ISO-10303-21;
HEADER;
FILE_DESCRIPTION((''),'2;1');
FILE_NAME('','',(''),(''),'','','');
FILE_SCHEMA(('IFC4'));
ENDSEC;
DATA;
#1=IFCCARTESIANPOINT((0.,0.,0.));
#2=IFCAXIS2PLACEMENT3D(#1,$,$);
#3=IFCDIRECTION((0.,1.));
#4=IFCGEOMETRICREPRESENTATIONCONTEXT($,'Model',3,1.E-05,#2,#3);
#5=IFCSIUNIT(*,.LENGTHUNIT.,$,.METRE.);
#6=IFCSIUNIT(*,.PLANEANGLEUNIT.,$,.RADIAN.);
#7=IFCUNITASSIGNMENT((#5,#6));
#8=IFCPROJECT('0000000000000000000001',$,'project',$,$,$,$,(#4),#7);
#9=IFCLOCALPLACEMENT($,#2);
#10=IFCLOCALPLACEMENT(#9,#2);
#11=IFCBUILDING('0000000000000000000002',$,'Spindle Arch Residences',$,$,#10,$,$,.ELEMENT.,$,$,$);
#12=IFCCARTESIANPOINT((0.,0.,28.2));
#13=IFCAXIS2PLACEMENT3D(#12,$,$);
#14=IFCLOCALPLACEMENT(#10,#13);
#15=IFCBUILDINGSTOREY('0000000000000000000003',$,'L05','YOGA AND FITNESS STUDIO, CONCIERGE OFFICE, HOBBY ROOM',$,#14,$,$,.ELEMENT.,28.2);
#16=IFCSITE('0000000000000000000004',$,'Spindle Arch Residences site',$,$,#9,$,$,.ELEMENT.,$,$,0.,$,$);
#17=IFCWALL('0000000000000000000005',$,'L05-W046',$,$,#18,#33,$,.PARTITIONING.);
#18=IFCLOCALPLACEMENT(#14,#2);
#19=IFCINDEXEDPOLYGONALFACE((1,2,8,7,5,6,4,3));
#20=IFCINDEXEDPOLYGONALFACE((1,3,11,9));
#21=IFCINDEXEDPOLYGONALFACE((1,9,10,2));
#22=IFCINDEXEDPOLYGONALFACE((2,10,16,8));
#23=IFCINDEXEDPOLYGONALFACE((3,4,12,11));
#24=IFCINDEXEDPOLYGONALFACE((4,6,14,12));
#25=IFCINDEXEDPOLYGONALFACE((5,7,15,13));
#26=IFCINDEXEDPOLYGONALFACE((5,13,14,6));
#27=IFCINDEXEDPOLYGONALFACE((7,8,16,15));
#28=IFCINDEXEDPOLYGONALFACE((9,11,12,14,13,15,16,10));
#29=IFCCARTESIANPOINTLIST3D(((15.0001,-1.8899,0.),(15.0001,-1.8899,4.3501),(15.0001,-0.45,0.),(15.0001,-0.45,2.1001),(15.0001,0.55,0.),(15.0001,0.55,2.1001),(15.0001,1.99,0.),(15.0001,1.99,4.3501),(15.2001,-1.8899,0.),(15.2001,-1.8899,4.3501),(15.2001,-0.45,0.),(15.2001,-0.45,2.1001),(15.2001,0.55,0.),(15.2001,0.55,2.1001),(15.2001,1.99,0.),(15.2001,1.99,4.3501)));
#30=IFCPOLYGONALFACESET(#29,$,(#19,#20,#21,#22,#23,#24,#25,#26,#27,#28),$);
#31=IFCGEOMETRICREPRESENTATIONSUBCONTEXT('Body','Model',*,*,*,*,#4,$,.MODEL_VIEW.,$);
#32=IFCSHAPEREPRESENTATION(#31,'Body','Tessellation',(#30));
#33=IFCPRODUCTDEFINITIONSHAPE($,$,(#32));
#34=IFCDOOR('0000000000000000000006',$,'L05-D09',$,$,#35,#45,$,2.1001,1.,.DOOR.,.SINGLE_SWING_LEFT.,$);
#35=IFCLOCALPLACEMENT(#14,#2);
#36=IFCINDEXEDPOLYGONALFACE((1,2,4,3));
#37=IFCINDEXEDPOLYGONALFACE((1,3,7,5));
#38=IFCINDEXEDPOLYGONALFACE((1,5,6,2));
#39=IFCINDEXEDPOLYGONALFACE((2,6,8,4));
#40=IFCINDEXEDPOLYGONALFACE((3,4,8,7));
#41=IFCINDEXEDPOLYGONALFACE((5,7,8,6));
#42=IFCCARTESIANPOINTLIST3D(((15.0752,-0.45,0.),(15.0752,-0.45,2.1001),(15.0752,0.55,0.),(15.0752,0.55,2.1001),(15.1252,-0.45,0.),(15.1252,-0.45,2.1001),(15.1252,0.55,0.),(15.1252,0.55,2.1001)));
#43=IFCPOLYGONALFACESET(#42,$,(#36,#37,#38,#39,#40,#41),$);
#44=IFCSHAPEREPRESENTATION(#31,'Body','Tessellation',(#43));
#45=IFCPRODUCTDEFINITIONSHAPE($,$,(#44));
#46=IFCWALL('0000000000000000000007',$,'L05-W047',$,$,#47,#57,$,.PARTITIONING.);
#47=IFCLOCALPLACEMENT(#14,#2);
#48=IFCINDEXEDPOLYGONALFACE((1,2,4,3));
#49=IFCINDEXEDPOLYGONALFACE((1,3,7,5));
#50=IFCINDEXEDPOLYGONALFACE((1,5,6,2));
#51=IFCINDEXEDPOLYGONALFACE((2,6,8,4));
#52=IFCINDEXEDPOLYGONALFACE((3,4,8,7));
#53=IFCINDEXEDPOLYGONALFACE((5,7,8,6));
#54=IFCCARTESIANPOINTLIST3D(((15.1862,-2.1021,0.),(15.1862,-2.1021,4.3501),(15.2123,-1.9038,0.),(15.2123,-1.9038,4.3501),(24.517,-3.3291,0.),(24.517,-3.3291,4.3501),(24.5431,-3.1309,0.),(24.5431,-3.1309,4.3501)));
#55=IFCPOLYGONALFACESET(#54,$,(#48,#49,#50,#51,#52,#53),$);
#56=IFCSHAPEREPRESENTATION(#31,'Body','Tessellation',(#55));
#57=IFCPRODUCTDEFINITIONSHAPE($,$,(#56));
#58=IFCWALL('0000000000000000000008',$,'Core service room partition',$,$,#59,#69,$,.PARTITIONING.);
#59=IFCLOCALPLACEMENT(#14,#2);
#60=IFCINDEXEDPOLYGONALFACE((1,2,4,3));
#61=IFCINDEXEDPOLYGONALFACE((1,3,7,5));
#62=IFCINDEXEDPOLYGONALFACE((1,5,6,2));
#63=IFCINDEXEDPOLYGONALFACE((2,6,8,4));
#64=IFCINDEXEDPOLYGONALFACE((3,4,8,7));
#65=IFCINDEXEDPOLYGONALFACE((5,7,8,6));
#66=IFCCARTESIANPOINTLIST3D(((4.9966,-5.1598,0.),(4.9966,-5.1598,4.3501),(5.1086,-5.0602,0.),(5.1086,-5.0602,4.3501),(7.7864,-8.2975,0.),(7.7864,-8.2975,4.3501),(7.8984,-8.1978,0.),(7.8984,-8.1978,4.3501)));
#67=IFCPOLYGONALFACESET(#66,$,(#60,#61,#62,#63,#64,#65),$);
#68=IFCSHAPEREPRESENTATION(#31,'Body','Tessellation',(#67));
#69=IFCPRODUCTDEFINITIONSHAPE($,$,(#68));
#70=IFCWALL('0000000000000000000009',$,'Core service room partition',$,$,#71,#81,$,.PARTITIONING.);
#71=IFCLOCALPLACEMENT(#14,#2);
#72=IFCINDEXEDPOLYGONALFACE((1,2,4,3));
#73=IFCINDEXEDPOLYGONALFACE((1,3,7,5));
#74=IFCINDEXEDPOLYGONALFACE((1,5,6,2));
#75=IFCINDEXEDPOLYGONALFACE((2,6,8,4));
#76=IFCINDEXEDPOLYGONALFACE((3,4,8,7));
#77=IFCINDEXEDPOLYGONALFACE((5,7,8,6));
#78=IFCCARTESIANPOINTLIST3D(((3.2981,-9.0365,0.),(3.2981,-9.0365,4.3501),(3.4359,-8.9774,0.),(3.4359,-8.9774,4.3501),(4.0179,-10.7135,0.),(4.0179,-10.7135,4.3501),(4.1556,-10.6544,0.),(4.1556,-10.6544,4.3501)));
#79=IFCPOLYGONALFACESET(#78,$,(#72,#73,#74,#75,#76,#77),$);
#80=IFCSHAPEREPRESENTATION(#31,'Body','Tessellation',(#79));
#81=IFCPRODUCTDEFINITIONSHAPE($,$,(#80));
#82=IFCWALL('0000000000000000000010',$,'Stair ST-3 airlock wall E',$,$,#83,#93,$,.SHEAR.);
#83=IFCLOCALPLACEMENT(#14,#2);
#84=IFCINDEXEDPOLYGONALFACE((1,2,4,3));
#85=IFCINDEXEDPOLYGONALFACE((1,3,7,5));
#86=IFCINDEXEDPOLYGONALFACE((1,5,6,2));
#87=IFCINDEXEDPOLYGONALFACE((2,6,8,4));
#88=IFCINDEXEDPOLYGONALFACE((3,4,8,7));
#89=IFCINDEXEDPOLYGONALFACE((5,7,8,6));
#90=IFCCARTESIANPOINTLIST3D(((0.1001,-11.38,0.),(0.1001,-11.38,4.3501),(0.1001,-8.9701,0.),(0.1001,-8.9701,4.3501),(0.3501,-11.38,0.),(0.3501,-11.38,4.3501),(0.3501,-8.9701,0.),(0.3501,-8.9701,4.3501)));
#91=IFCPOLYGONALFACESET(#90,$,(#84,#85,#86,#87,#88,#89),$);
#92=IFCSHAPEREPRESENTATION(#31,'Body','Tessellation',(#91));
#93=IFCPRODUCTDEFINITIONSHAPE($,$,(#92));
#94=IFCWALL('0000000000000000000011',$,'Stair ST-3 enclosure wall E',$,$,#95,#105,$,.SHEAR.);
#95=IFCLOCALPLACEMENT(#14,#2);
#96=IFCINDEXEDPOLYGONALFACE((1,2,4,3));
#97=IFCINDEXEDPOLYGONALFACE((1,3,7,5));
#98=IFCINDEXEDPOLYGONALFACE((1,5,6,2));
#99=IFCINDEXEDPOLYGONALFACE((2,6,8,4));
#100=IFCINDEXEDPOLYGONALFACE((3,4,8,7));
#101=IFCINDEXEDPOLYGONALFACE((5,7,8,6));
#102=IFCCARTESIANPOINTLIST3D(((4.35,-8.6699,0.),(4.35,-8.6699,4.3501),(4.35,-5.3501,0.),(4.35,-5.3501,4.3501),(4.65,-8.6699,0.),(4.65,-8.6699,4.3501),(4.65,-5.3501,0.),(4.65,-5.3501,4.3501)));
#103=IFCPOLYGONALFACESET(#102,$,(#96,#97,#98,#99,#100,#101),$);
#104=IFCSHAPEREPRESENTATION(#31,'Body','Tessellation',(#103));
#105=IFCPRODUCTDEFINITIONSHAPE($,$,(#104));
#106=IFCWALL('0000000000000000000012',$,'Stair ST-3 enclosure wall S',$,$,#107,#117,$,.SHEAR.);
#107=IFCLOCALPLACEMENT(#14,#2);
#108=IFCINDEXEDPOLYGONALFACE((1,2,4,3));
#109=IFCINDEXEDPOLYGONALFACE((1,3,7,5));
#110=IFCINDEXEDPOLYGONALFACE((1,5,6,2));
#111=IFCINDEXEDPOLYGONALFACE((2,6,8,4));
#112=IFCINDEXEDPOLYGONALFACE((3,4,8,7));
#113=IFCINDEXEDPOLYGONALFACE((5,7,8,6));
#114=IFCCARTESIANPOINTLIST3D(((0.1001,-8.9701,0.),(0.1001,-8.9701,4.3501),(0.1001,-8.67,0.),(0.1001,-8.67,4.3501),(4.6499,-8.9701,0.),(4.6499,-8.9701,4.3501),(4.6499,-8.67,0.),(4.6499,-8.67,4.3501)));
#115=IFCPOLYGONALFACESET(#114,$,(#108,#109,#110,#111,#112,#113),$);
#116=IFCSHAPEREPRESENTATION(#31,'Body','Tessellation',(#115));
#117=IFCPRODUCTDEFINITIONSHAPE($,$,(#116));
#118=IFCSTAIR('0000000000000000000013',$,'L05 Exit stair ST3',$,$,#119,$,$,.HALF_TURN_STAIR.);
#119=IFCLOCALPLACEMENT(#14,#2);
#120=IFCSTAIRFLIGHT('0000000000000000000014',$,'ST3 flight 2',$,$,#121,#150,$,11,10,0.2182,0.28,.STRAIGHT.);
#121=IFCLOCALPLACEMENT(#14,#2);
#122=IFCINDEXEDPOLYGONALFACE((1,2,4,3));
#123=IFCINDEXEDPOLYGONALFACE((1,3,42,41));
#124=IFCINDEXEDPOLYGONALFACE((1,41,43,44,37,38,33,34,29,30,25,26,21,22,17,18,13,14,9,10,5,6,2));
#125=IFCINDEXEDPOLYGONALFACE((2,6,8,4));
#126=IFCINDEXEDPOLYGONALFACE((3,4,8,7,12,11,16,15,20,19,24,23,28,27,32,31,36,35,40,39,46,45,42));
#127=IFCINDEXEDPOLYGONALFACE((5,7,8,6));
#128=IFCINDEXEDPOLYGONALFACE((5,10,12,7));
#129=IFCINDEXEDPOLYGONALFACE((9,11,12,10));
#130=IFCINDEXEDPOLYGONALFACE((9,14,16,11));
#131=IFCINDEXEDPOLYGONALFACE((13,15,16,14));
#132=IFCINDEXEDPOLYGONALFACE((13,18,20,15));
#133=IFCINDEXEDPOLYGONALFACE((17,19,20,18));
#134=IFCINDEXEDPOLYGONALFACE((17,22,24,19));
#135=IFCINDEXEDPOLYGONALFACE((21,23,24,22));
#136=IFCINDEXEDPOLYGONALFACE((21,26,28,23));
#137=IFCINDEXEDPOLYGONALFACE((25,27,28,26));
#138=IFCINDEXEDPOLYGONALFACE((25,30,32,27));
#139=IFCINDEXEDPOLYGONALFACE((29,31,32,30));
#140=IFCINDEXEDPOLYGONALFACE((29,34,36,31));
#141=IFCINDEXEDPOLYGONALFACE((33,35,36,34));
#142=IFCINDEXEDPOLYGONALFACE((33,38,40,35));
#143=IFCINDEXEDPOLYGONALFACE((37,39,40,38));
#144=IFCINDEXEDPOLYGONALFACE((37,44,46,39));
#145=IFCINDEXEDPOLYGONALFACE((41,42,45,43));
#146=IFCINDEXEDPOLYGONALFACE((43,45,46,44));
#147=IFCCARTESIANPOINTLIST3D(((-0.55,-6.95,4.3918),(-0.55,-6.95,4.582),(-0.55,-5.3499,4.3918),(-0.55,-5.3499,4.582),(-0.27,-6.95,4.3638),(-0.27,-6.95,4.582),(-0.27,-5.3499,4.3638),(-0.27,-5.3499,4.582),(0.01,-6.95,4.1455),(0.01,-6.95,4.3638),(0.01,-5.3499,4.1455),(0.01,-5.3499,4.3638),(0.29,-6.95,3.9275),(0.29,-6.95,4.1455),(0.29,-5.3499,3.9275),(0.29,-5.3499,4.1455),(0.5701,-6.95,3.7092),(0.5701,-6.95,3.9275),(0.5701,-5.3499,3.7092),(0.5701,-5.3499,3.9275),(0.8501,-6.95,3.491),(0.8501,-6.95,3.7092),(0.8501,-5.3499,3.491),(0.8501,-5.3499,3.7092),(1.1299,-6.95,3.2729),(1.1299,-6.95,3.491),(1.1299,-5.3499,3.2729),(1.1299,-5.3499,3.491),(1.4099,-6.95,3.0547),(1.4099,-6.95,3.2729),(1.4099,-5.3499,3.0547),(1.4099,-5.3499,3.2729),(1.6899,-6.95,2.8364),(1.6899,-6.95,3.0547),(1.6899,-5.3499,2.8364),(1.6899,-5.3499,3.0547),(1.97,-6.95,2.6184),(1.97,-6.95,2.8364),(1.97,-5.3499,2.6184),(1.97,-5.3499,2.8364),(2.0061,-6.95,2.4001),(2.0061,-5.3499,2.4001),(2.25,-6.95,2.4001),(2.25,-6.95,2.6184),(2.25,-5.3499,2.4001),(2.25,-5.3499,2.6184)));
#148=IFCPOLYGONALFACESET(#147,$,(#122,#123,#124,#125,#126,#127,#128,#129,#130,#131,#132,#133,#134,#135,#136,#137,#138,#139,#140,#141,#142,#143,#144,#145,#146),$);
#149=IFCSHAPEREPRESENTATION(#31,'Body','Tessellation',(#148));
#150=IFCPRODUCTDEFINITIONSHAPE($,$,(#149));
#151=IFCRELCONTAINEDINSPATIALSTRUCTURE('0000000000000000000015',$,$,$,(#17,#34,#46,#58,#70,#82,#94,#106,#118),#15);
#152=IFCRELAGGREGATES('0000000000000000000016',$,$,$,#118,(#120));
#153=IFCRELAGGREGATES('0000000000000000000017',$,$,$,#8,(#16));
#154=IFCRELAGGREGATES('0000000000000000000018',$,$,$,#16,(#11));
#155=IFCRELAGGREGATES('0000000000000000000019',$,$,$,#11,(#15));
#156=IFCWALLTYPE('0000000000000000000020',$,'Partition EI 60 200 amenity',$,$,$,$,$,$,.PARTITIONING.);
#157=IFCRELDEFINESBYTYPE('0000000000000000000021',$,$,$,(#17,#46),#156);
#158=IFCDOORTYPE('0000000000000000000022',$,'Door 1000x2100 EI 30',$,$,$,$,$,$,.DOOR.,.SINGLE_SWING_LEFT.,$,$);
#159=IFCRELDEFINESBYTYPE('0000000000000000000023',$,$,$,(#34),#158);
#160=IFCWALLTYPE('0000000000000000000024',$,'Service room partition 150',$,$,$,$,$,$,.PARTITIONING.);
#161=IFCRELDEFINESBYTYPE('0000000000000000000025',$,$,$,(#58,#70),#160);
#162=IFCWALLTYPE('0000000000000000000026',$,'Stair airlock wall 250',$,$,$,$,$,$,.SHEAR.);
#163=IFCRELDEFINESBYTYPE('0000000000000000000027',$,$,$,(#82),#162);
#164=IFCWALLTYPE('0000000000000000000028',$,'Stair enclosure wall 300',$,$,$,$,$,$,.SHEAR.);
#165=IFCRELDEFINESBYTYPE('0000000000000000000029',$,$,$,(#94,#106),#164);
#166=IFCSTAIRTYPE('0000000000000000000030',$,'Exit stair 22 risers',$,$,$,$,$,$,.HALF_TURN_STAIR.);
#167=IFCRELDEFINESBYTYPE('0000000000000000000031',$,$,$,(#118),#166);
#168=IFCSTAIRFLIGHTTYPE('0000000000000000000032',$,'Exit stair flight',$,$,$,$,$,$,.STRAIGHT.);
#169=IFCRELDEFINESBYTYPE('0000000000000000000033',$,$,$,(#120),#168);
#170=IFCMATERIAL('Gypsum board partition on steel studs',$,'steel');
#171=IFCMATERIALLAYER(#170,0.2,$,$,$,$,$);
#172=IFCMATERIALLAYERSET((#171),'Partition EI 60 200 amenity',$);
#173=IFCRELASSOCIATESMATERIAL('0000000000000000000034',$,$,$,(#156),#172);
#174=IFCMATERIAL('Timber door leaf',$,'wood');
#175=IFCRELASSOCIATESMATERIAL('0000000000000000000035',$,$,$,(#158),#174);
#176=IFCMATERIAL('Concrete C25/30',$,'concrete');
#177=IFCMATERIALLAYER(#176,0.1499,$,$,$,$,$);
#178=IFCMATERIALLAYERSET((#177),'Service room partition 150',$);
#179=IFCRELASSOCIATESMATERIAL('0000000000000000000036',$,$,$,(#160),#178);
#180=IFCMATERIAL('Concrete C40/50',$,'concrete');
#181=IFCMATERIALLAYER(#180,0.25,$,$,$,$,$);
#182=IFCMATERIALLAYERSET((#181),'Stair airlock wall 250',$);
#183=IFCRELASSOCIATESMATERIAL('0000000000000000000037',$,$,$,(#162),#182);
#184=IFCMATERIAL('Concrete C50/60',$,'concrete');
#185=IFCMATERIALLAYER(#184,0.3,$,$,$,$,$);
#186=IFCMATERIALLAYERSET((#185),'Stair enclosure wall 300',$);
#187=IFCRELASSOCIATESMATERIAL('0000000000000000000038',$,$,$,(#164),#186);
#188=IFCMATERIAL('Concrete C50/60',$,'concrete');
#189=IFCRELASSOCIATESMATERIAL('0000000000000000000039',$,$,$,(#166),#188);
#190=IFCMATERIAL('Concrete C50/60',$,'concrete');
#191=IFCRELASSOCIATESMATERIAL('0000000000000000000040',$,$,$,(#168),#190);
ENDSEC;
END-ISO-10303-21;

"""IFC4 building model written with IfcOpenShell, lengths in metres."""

from ifc_helpers import new_model, si_unit, direction, frame, frame_2d, origin, place, context, subcontext, project, spatial, polyline, rectangle, outline, extrude, material, layer, layer_set, type_object, element, fill, aggregate, save


model = new_model("IFC4")

# Units and contexts
model_context = context("Model", 3, precision=1e-05, world=origin(), true_north=direction((0.0, 1.0)))
body_context = subcontext(model_context, "Body", "Model", "MODEL_VIEW")
ifc_project = project(units=[si_unit("LENGTHUNIT", "METRE"), si_unit("PLANEANGLEUNIT", "RADIAN")], contexts=[model_context])

# Site, building, storey
site_placement = place(None, origin())
site = spatial("IfcSite", under=ifc_project, at=site_placement, Name="Spindle Arch Residences site", CompositionType="ELEMENT", RefElevation=0.0)
building_placement = place(site_placement, origin())
building = spatial("IfcBuilding", under=site, at=building_placement, Name="Spindle Arch Residences", CompositionType="ELEMENT")
storey_placement = place(building_placement, frame((0.0, 0.0, 28.2)))
storey = spatial("IfcBuildingStorey", under=building, at=storey_placement, Name="L05", Description="YOGA AND FITNESS STUDIO, CONCIERGE OFFICE, HOBBY ROOM", CompositionType="ELEMENT", Elevation=28.2)

# Shared definitions
ifc_material_1 = material(Name="Gypsum board partition on steel studs", Category="steel")
ifc_layer_1 = layer(ifc_material_1, 0.2)
ifc_layer_set_1 = layer_set([ifc_layer_1], Name="Partition EI 60 200 amenity")
wall_type_1 = type_object("IfcWallType", Name="Partition EI 60 200 amenity", PredefinedType="PARTITIONING", material=ifc_layer_set_1)

# Wall, opening, door
ifc_material_2 = material(Name="Timber door leaf", Category="wood")
door_type_1 = type_object("IfcDoorType", Name="Door 1000x2100 EI 30", OperationType="SINGLE_SWING_LEFT", PredefinedType="DOOR", material=ifc_material_2)
wall_1_placement = place(storey_placement, frame((15.1001, -1.8899, 0.0), z_axis=(0.0, 0.0, 1.0), x_axis=(0.0, 1.0, 0.0)))
wall_1 = element("IfcWall", 1, at=wall_1_placement, inside=storey, type_object=wall_type_1, Name="L05-W046", PredefinedType="PARTITIONING", context=body_context, shape_type="SweptSolid", body=[
    extrude(rectangle(XDim=3.8799, YDim=0.2, at=frame_2d((1.9399, 0.0))), origin(), (0.0, 0.0, 1.0), 4.3501),
])
opening_1_placement = place(wall_1_placement, frame((1.4399, 0.0, 0.0)))
opening_1 = element("IfcOpeningElement", 2, at=opening_1_placement, cuts=wall_1, PredefinedType="OPENING", context=body_context, shape_type="SweptSolid", body=[
    extrude(rectangle(XDim=1.0, YDim=2.1001, at=frame_2d((0.5, 1.05))), frame((0.0, 0.1099, 0.0), z_axis=(0.0, -1.0, 0.0), x_axis=(1.0, 0.0, 0.0)), (0.0, 0.0, 1.0), 0.22),
])
door_1_placement = place(opening_1_placement, origin())
door_1 = element("IfcDoor", 3, at=door_1_placement, inside=storey, type_object=door_type_1, Name="L05-D09", OperationType="SINGLE_SWING_LEFT", OverallHeight=2.1001, OverallWidth=1.0, PredefinedType="DOOR", context=body_context, shape_type="SweptSolid", body=[
    extrude(rectangle(XDim=1.0, YDim=2.1001, at=frame_2d((0.5, 1.05))), frame((0.0, 0.0249, 0.0), z_axis=(0.0, -1.0, 0.0), x_axis=(1.0, 0.0, 0.0)), (0.0, 0.0, 1.0), 0.05),
])
fill(opening_1, door_1)

# Walls
wall_2_placement = place(storey_placement, frame((15.1992, -2.0029, 0.0), z_axis=(0.0, 0.0, 1.0), x_axis=(0.991464, -0.130383, 0.0)))
element("IfcWall", 4, at=wall_2_placement, inside=storey, type_object=wall_type_1, Name="L05-W047", PredefinedType="PARTITIONING", context=body_context, shape_type="SweptSolid", body=[
    extrude(rectangle(XDim=9.4111, YDim=0.2, at=frame_2d((4.7056, 0.0))), origin(), (0.0, 0.0, 1.0), 4.3501),
])
ifc_material_3 = material(Name="Concrete C25/30", Category="concrete")
ifc_layer_2 = layer(ifc_material_3, 0.1499)
ifc_layer_set_2 = layer_set([ifc_layer_2], Name="Service room partition 150")
wall_type_2 = type_object("IfcWallType", Name="Service room partition 150", PredefinedType="PARTITIONING", material=ifc_layer_set_2)
wall_3_placement = place(storey_placement, frame((7.8423, -8.2476, 0.0), z_axis=(0.0, 0.0, 1.0), x_axis=(-0.664461, 0.747323, 0.0)))
element("IfcWall", 5, at=wall_3_placement, inside=storey, type_object=wall_type_2, Name="Core service room partition", PredefinedType="PARTITIONING", context=body_context, shape_type="SweptSolid", body=[
    extrude(rectangle(XDim=4.1985, YDim=0.1499, at=frame_2d((2.0991, 0.0))), origin(), (0.0, 0.0, 1.0), 4.3501),
])
wall_4_placement = place(storey_placement, frame((3.3669, -9.0068, 0.0), z_axis=(0.0, 0.0, 1.0), x_axis=(0.394387, -0.918944, 0.0)))
element("IfcWall", 6, at=wall_4_placement, inside=storey, type_object=wall_type_2, Name="Core service room partition", PredefinedType="PARTITIONING", context=body_context, shape_type="SweptSolid", body=[
    extrude(rectangle(XDim=1.825, YDim=0.1499, at=frame_2d((0.9126, 0.0))), origin(), (0.0, 0.0, 1.0), 4.3501),
])
ifc_material_4 = material(Name="Concrete C40/50", Category="concrete")
ifc_layer_3 = layer(ifc_material_4, 0.25)
ifc_layer_set_3 = layer_set([ifc_layer_3], Name="Stair airlock wall 250")
wall_type_3 = type_object("IfcWallType", Name="Stair airlock wall 250", PredefinedType="SHEAR", material=ifc_layer_set_3)
wall_5_placement = place(storey_placement, frame((0.2251, -8.97, 0.0), z_axis=(0.0, 0.0, 1.0), x_axis=(0.0, -1.0, 0.0)))
element("IfcWall", 7, at=wall_5_placement, inside=storey, type_object=wall_type_3, Name="Stair ST-3 airlock wall E", PredefinedType="SHEAR", context=body_context, shape_type="SweptSolid", body=[
    extrude(rectangle(XDim=2.4099, YDim=0.25, at=frame_2d((1.2051, 0.0))), origin(), (0.0, 0.0, 1.0), 4.3501),
])
ifc_material_5 = material(Name="Concrete C50/60", Category="concrete")
ifc_layer_4 = layer(ifc_material_5, 0.3)
ifc_layer_set_4 = layer_set([ifc_layer_4], Name="Stair enclosure wall 300")
wall_type_4 = type_object("IfcWallType", Name="Stair enclosure wall 300", PredefinedType="SHEAR", material=ifc_layer_set_4)
wall_6_placement = place(storey_placement, frame((4.5, -8.6699, 0.0), z_axis=(0.0, 0.0, 1.0), x_axis=(0.0, 1.0, 0.0)))
element("IfcWall", 8, at=wall_6_placement, inside=storey, type_object=wall_type_4, Name="Stair ST-3 enclosure wall E", PredefinedType="SHEAR", context=body_context, shape_type="SweptSolid", body=[
    extrude(rectangle(XDim=3.3198, YDim=0.3, at=frame_2d((1.6599, 0.0))), origin(), (0.0, 0.0, 1.0), 4.3501),
])
wall_7_placement = place(storey_placement, frame((0.1001, -8.8201, 0.0), z_axis=(0.0, 0.0, 1.0), x_axis=(1.0, 0.0, 0.0)))
element("IfcWall", 9, at=wall_7_placement, inside=storey, type_object=wall_type_4, Name="Stair ST-3 enclosure wall S", PredefinedType="SHEAR", context=body_context, shape_type="SweptSolid", body=[
    extrude(rectangle(XDim=4.5498, YDim=0.3, at=frame_2d((2.2749, 0.0))), origin(), (0.0, 0.0, 1.0), 4.3501),
])

# Stair, stair flight
ifc_material_6 = material(Name="Concrete C50/60", Category="concrete")
stair_type = type_object("IfcStairType", Name="Exit stair 22 risers", PredefinedType="HALF_TURN_STAIR", material=ifc_material_6)
stair_placement = place(storey_placement, origin())
stair = element("IfcStair", 10, at=stair_placement, inside=storey, type_object=stair_type, Name="L05 Exit stair ST3", PredefinedType="HALF_TURN_STAIR")
ifc_material_7 = material(Name="Concrete C50/60", Category="concrete")
stair_flight_type = type_object("IfcStairFlightType", Name="Exit stair flight", PredefinedType="STRAIGHT", material=ifc_material_7)
stair_flight_placement = place(storey_placement, frame((2.25, -6.1499, 2.4001), z_axis=(0.0, 0.0, 1.0), x_axis=(-1.0, 0.0, 0.0)))
stair_flight = element("IfcStairFlight", 11, at=stair_flight_placement, type_object=stair_flight_type, Name="ST3 flight 2", NumberOfRisers=11, NumberOfTreads=10, PredefinedType="STRAIGHT", RiserHeight=0.2182, TreadLength=0.28, context=body_context, shape_type="SweptSolid", body=[
    extrude(outline(polyline([(0.0, 0.0), (0.0, 0.2183), (0.28, 0.2183), (0.28, 0.4363), (0.5601, 0.4363), (0.5601, 0.6545), (0.8401, 0.6545), (0.8401, 0.8728), (1.1201, 0.8728), (1.1201, 1.0908), (1.3999, 1.0908), (1.3999, 1.3091), (1.6799, 1.3091), (1.6799, 1.5273), (1.96, 1.5273), (1.96, 1.7454), (2.24, 1.7454), (2.24, 1.9636), (2.52, 1.9636), (2.52, 2.1819), (2.8, 2.1819), (2.8, 2.3999), (2.8, 1.9917), (0.2439, 0.0), (0.0, 0.0)])), frame((0.0, 0.8, 0.0), z_axis=(0.0, -1.0, 0.0), x_axis=(1.0, 0.0, 0.0)), (0.0, 0.0, 1.0), 1.6001),
])
aggregate(stair, [stair_flight])

save(model, "model.ifc")
